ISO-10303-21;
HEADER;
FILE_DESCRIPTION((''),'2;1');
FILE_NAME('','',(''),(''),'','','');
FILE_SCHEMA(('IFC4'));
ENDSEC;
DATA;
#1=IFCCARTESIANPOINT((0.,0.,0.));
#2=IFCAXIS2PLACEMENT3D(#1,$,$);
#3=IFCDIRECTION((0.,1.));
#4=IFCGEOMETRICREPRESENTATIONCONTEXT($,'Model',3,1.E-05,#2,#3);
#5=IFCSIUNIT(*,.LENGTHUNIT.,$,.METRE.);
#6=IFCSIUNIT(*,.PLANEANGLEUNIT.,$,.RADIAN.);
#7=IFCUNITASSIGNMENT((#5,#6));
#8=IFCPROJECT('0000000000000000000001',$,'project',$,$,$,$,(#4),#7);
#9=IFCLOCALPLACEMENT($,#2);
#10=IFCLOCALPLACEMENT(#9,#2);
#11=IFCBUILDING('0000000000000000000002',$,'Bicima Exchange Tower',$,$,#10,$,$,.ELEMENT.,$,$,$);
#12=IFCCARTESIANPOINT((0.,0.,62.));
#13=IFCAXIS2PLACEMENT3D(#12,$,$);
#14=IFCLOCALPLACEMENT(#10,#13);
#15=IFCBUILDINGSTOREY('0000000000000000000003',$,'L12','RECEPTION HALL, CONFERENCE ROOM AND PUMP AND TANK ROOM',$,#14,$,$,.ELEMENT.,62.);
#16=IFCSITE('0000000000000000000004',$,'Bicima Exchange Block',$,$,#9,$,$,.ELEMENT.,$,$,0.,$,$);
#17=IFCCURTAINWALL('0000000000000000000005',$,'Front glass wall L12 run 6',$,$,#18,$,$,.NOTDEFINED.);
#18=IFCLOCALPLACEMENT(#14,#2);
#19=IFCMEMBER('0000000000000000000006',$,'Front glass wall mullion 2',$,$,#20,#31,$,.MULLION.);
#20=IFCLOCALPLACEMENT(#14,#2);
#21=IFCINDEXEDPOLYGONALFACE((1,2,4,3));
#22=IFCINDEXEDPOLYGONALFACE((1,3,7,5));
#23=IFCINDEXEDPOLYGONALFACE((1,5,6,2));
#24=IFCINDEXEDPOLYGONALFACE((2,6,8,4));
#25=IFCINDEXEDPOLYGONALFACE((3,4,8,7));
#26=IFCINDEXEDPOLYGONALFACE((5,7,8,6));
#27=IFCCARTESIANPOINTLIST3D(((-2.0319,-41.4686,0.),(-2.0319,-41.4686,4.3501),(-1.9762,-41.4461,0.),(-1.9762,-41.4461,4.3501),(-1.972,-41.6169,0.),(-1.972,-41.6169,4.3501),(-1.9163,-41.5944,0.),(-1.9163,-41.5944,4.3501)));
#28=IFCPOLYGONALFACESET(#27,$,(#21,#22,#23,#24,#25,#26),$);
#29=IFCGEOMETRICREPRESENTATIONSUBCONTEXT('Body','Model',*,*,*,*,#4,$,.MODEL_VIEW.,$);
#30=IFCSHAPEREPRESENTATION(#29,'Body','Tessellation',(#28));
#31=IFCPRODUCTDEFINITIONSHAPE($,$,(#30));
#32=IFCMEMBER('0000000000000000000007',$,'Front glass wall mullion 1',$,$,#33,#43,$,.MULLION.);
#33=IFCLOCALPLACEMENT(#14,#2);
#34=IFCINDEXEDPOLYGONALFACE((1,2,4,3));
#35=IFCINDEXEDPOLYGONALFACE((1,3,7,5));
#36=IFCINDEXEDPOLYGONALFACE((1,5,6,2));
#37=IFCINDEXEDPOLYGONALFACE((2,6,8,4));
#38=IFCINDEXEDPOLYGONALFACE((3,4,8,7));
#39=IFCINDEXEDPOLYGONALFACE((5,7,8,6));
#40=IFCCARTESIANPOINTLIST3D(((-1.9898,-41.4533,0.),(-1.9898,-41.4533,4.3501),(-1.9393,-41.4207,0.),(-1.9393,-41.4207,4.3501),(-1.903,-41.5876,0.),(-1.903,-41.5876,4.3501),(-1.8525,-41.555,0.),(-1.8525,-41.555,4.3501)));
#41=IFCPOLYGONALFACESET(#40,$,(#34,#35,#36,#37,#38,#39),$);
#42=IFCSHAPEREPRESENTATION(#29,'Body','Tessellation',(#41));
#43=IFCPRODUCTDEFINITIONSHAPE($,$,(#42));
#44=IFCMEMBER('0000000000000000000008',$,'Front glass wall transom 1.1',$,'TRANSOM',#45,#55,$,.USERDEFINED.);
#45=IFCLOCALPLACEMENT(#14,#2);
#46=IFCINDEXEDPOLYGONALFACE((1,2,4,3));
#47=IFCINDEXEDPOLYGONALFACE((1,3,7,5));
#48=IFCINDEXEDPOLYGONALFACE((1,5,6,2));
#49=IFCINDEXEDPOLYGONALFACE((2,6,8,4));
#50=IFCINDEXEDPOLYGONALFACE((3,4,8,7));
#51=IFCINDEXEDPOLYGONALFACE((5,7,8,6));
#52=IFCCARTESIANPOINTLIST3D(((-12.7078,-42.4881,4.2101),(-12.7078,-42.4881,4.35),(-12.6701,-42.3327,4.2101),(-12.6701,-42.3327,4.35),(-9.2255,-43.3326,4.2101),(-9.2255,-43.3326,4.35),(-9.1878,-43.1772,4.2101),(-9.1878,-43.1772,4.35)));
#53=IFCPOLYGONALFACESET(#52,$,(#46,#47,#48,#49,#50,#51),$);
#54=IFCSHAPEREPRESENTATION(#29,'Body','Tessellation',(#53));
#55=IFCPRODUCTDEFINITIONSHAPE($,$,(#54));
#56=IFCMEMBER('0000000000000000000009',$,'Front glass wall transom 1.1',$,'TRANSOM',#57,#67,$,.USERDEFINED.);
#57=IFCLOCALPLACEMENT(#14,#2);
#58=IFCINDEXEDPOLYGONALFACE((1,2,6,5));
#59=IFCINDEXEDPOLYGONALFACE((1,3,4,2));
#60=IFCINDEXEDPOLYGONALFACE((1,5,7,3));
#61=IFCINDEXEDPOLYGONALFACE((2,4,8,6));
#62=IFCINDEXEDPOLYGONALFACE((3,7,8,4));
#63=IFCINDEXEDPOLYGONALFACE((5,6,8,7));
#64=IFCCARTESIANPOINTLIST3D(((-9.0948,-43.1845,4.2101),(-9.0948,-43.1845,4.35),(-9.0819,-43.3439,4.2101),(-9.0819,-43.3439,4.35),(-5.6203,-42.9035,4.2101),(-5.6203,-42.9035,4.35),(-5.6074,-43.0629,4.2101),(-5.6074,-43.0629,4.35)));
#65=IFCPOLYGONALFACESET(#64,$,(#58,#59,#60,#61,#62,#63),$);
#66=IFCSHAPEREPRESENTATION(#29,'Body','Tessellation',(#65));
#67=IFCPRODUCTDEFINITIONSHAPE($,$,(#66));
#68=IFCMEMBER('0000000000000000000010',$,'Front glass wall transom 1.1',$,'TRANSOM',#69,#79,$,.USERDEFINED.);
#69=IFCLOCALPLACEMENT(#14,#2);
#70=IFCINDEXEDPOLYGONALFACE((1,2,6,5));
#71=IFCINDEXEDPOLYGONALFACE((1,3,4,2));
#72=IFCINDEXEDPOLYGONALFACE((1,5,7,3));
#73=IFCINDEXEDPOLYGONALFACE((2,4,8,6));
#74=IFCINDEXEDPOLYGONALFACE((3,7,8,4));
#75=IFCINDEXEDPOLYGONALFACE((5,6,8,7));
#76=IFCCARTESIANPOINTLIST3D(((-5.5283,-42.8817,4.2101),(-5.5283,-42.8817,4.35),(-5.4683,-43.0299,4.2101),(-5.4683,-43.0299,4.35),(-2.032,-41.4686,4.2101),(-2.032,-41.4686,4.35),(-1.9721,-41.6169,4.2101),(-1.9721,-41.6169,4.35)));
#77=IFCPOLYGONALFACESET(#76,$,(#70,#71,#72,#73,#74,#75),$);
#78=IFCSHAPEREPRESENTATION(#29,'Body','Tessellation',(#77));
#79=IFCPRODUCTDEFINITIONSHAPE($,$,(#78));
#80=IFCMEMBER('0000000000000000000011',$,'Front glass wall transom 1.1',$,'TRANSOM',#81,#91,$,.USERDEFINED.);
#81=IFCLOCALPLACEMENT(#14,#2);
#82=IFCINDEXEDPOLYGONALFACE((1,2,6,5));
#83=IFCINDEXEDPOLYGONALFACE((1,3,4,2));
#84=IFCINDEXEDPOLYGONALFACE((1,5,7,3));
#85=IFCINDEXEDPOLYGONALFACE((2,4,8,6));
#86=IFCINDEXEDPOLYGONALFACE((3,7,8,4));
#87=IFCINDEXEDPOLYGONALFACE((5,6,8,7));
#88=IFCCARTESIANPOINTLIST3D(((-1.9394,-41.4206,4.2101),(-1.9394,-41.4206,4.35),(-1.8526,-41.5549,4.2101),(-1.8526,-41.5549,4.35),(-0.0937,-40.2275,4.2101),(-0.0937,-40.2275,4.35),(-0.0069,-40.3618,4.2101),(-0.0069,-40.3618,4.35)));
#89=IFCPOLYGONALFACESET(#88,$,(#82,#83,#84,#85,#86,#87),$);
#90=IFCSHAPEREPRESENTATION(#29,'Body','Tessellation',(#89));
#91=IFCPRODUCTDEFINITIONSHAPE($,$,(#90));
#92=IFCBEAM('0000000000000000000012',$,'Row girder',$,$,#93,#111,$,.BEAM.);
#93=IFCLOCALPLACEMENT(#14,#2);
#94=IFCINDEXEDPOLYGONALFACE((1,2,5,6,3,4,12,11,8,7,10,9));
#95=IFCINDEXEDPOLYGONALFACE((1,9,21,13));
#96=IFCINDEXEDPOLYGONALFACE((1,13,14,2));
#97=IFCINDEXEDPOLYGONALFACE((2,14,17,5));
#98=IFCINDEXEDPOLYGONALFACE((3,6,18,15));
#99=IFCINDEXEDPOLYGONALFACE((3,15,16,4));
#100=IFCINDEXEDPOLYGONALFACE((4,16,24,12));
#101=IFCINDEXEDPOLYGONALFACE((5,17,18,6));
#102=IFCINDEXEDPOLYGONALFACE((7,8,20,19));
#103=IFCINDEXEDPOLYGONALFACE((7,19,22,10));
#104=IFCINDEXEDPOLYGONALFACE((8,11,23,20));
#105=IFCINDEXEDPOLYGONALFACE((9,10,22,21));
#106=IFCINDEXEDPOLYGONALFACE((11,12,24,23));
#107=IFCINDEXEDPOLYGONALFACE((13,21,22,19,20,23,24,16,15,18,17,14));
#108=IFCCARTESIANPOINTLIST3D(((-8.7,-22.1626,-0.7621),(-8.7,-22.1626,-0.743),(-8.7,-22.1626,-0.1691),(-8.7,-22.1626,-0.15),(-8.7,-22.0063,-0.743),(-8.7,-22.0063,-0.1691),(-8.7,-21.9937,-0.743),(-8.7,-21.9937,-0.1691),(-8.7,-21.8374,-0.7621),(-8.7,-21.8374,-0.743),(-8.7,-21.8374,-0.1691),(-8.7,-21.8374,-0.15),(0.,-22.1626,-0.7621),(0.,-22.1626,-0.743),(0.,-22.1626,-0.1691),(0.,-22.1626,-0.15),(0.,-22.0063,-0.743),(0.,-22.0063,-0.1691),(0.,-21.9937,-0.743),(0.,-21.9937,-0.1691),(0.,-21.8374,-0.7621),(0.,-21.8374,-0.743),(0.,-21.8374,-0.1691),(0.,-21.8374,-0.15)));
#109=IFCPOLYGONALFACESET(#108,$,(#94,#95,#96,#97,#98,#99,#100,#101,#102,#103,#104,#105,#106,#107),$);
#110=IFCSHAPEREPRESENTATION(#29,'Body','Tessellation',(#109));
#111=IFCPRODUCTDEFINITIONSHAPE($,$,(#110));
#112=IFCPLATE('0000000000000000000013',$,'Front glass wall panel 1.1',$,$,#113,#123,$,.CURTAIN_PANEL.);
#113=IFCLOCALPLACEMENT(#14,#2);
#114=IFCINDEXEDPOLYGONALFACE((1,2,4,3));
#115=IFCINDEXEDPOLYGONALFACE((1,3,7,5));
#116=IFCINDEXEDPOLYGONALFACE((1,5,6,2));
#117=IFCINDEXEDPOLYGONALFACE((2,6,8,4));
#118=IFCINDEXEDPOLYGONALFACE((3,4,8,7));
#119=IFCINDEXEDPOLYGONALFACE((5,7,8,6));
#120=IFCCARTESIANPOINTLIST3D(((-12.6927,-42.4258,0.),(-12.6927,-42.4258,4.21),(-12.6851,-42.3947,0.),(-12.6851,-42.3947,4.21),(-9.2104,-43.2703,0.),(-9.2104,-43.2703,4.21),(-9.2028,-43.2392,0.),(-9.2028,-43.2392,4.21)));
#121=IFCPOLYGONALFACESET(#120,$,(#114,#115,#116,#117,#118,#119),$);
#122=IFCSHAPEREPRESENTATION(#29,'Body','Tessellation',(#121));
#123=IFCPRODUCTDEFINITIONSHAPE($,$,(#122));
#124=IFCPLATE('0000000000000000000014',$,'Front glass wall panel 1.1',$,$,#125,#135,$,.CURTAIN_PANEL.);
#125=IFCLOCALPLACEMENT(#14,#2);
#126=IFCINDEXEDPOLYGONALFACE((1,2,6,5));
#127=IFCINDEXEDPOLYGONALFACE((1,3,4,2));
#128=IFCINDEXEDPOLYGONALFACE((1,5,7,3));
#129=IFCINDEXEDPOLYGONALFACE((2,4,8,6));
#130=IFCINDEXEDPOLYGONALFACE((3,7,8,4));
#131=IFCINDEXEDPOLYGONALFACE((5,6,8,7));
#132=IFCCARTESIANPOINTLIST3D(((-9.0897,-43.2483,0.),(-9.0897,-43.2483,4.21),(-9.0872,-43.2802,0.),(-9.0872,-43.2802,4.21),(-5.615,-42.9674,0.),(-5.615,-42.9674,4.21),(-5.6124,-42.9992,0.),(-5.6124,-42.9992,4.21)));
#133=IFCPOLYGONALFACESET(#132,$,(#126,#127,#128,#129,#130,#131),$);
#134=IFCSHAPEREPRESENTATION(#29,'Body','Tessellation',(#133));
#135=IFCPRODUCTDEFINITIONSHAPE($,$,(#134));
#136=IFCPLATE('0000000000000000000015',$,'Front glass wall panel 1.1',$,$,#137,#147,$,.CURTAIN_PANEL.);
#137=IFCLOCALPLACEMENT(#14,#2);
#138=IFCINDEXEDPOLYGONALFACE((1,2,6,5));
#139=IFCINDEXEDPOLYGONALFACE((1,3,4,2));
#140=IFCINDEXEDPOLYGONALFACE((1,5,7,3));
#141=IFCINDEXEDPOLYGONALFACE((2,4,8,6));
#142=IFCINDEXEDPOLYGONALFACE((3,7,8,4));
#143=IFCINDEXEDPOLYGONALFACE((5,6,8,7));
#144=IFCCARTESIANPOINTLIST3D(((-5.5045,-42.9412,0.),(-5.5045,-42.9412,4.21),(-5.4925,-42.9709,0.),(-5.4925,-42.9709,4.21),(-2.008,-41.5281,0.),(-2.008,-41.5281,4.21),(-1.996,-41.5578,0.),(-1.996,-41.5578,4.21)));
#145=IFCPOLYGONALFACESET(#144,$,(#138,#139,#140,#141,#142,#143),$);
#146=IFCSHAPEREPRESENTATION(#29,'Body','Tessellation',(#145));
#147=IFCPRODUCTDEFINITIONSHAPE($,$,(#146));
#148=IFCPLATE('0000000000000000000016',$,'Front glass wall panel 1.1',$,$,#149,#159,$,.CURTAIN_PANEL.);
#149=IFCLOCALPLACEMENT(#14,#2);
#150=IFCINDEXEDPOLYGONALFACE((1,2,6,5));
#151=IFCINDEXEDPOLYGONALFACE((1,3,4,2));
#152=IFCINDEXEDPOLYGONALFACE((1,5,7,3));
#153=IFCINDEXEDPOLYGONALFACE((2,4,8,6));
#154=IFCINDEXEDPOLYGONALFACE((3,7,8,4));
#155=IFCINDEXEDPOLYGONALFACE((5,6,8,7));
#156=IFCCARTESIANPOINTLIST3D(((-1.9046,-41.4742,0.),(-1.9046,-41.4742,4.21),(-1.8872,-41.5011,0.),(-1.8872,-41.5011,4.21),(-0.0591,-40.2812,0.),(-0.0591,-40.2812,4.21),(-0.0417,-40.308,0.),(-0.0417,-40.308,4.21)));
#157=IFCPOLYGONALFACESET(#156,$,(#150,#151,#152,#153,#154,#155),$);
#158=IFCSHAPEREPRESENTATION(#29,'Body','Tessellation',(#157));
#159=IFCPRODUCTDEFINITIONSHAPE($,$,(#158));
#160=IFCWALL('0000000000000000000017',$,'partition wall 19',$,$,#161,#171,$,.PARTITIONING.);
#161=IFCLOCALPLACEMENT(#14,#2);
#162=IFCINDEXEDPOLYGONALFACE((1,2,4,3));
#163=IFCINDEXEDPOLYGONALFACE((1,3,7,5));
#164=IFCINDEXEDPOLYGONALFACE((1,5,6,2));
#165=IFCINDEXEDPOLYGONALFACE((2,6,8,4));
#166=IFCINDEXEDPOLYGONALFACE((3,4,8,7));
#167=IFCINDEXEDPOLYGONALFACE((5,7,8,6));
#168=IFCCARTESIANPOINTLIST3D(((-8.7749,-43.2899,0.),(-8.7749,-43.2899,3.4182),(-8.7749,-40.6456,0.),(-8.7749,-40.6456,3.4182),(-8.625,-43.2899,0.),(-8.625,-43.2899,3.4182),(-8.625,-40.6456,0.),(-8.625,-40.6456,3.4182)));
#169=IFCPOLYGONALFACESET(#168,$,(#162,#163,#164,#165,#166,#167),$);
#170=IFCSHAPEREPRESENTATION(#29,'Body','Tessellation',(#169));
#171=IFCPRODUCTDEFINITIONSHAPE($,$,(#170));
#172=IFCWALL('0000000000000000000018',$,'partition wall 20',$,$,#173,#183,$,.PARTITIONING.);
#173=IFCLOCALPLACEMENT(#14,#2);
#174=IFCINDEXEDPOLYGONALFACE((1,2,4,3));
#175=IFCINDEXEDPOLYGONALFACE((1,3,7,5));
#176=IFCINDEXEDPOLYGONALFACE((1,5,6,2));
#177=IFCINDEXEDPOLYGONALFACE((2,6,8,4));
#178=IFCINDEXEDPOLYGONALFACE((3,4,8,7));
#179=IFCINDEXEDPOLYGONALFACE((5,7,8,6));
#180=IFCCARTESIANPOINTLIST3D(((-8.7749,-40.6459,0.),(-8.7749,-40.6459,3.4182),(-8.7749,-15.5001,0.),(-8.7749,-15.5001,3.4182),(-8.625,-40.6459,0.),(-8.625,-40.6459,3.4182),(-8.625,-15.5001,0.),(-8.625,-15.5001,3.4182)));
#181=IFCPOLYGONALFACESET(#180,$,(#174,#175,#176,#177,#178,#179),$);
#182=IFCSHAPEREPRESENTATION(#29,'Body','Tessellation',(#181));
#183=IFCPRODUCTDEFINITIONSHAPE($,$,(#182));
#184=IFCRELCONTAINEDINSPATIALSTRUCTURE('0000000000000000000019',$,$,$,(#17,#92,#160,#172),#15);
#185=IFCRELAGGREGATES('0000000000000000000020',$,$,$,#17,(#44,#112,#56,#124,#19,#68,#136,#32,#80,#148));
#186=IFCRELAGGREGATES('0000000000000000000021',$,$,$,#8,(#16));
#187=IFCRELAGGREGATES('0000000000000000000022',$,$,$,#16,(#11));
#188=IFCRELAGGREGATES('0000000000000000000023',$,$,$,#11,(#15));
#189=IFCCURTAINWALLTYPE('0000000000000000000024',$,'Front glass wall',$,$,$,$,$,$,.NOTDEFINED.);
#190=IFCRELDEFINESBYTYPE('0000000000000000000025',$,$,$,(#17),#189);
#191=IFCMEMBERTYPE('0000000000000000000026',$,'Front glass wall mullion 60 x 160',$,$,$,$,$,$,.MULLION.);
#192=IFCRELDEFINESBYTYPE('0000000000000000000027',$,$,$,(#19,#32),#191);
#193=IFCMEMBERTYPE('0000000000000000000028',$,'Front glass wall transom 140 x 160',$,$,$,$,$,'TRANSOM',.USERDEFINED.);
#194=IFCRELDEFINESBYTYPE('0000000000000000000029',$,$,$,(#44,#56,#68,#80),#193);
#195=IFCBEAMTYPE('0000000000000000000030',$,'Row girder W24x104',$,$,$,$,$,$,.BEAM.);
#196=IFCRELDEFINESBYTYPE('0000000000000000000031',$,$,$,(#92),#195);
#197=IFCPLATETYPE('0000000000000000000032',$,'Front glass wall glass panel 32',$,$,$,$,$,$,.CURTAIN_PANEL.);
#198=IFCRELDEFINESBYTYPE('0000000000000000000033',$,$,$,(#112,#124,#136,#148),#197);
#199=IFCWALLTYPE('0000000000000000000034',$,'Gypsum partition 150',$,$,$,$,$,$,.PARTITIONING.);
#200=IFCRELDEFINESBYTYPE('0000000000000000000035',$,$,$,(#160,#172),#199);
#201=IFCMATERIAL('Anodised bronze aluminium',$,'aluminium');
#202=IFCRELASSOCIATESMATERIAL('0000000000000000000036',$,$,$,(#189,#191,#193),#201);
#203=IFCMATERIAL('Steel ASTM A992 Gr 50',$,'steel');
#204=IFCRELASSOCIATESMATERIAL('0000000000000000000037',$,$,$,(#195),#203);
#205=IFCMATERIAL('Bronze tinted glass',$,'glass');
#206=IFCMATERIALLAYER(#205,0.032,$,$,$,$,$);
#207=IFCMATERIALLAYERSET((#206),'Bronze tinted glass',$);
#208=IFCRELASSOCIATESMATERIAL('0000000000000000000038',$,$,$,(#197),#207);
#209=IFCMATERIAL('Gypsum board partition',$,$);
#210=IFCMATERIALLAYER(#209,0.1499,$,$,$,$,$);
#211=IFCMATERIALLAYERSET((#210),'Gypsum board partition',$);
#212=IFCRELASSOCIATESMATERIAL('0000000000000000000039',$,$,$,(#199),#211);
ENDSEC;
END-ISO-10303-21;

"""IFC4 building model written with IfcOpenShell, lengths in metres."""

from ifc_helpers import new_model, si_unit, direction, frame, frame_2d, origin, origin_2d, place, context, subcontext, project, spatial, rectangle, i_section, extrude, material, layer, layer_set, material_profile, profile_set, type_object, element, aggregate, save


model = new_model("IFC4")

# Units and contexts
model_context = context("Model", 3, precision=1e-05, world=origin(), true_north=direction((0.0, 1.0)))
body_context = subcontext(model_context, "Body", "Model", "MODEL_VIEW")
ifc_project = project(units=[si_unit("LENGTHUNIT", "METRE"), si_unit("PLANEANGLEUNIT", "RADIAN")], contexts=[model_context])

# Site, building, storey
site_placement = place(None, origin())
site = spatial("IfcSite", under=ifc_project, at=site_placement, Name="Bicima Exchange Block", CompositionType="ELEMENT", RefElevation=0.0)
building_placement = place(site_placement, origin())
building = spatial("IfcBuilding", under=site, at=building_placement, Name="Bicima Exchange Tower", CompositionType="ELEMENT")
storey_placement = place(building_placement, frame((0.0, 0.0, 62.0)))
storey = spatial("IfcBuildingStorey", under=building, at=storey_placement, Name="L12", Description="RECEPTION HALL, CONFERENCE ROOM AND PUMP AND TANK ROOM", CompositionType="ELEMENT", Elevation=62.0)

# Shared definitions
ifc_material_1 = material(Name="Steel ASTM A992 Gr 50", Category="steel")

# Curtain wall, members
ifc_material_2 = material(Name="Anodised bronze aluminium", Category="aluminium")
curtain_wall_type = type_object("IfcCurtainWallType", Name="Front glass wall", PredefinedType="NOTDEFINED", material=ifc_material_2)
curtain_wall_placement = place(storey_placement, origin())
curtain_wall = element("IfcCurtainWall", 1, at=curtain_wall_placement, inside=storey, type_object=curtain_wall_type, Name="Front glass wall L12 run 6", PredefinedType="NOTDEFINED")
ifc_material_profile_1 = material_profile(ifc_material_2, rectangle(XDim=0.1599, YDim=0.0601, at=origin_2d()))
ifc_profile_set_1 = profile_set([ifc_material_profile_1], Name="Anodised bronze aluminium")
member_type_1 = type_object("IfcMemberType", Name="Front glass wall mullion 60 x 160", PredefinedType="MULLION", material=ifc_profile_set_1)
member_1_placement = place(storey_placement, frame((-1.9741, -41.5315, 0.0), z_axis=(0.0, 0.0, 1.0), x_axis=(-0.374705, 0.927144, 0.0)))
member_1 = element("IfcMember", 2, at=member_1_placement, type_object=member_type_1, Name="Front glass wall mullion 2", PredefinedType="MULLION", context=body_context, shape_type="SweptSolid", body=[
    extrude(rectangle(XDim=0.1599, YDim=0.0601, at=origin_2d()), origin(), (0.0, 0.0, 1.0), 4.3501),
])
member_2_placement = place(storey_placement, frame((-1.9211, -41.5042, 0.0), z_axis=(0.0, 0.0, 1.0), x_axis=(-0.542897, 0.839799, 0.0)))
member_2 = element("IfcMember", 3, at=member_2_placement, type_object=member_type_1, Name="Front glass wall mullion 1", PredefinedType="MULLION", context=body_context, shape_type="SweptSolid", body=[
    extrude(rectangle(XDim=0.1599, YDim=0.0601, at=origin_2d()), origin(), (0.0, 0.0, 1.0), 4.3501),
])
ifc_material_profile_2 = material_profile(ifc_material_2, rectangle(XDim=0.1599, YDim=0.1399, at=origin_2d()))
ifc_profile_set_2 = profile_set([ifc_material_profile_2], Name="Anodised bronze aluminium")
member_type_2 = type_object("IfcMemberType", Name="Front glass wall transom 140 x 160", ElementType="TRANSOM", PredefinedType="USERDEFINED", material=ifc_profile_set_2)
member_3_placement = place(storey_placement, frame((-12.689, -42.4104, 4.28), z_axis=(0.971834, -0.235668, 0.0), x_axis=(0.235668, 0.971834, 0.0)))
member_3 = element("IfcMember", 4, at=member_3_placement, type_object=member_type_2, Name="Front glass wall transom 1.1", ObjectType="TRANSOM", PredefinedType="USERDEFINED", context=body_context, shape_type="SweptSolid", body=[
    extrude(rectangle(XDim=0.1599, YDim=0.1399, at=origin_2d()), origin(), (0.0, 0.0, 1.0), 3.5833),
])
member_4_placement = place(storey_placement, frame((-9.0884, -43.2642, 4.28), z_axis=(0.996746, 0.080611, 0.0), x_axis=(-0.080611, 0.996746, 0.0)))
member_4 = element("IfcMember", 5, at=member_4_placement, type_object=member_type_2, Name="Front glass wall transom 1.1", ObjectType="TRANSOM", PredefinedType="USERDEFINED", context=body_context, shape_type="SweptSolid", body=[
    extrude(rectangle(XDim=0.1599, YDim=0.1399, at=origin_2d()), origin(), (0.0, 0.0, 1.0), 3.4858),
])
member_5_placement = place(storey_placement, frame((-5.4983, -42.9558, 4.28), z_axis=(0.92714, 0.374715, 0.0), x_axis=(-0.374715, 0.92714, 0.0)))
member_5 = element("IfcMember", 6, at=member_5_placement, type_object=member_type_2, Name="Front glass wall transom 1.1", ObjectType="TRANSOM", PredefinedType="USERDEFINED", context=body_context, shape_type="SweptSolid", body=[
    extrude(rectangle(XDim=0.1599, YDim=0.1399, at=origin_2d()), origin(), (0.0, 0.0, 1.0), 3.771),
])
member_6_placement = place(storey_placement, frame((-1.896, -41.4878, 4.28), z_axis=(0.839811, 0.542878, 0.0), x_axis=(-0.542878, 0.839811, 0.0)))
member_6 = element("IfcMember", 7, at=member_6_placement, type_object=member_type_2, Name="Front glass wall transom 1.1", ObjectType="TRANSOM", PredefinedType="USERDEFINED", context=body_context, shape_type="SweptSolid", body=[
    extrude(rectangle(XDim=0.1599, YDim=0.1399, at=origin_2d()), origin(), (0.0, 0.0, 1.0), 2.1978),
])

# Beam
ifc_material_profile_3 = material_profile(ifc_material_1, i_section(OverallWidth=0.3252, OverallDepth=0.6121, WebThickness=0.0127, FlangeThickness=0.019, at=origin_2d()))
ifc_profile_set_3 = profile_set([ifc_material_profile_3], Name="Steel ASTM A992 Gr 50")
beam_type_1 = type_object("IfcBeamType", Name="Row girder W24x104", PredefinedType="BEAM", material=ifc_profile_set_3)
beam_1_placement = place(storey_placement, frame((-8.7, -22.0, -0.4561), z_axis=(1.0, 0.0, 0.0), x_axis=(0.0, 1.0, 0.0)))
element("IfcBeam", 8, at=beam_1_placement, inside=storey, type_object=beam_type_1, Name="Row girder", PredefinedType="BEAM", context=body_context, shape_type="SweptSolid", body=[
    extrude(i_section(OverallWidth=0.3252, OverallDepth=0.6121, WebThickness=0.0127, FlangeThickness=0.019, at=origin_2d()), origin(), (0.0, 0.0, 1.0), 8.7),
])

# Plates
ifc_material_3 = material(Name="Bronze tinted glass", Category="glass")
ifc_layer_1 = layer(ifc_material_3, 0.032)
ifc_layer_set_1 = layer_set([ifc_layer_1], Name="Bronze tinted glass")
plate_type = type_object("IfcPlateType", Name="Front glass wall glass panel 32", PredefinedType="CURTAIN_PANEL", material=ifc_layer_set_1)
plate_1_placement = place(storey_placement, frame((-10.9478, -42.8325, 0.0), z_axis=(0.0, 0.0, 1.0), x_axis=(0.97183, -0.235682, 0.0)))
plate_1 = element("IfcPlate", 9, at=plate_1_placement, type_object=plate_type, Name="Front glass wall panel 1.1", PredefinedType="CURTAIN_PANEL", context=body_context, shape_type="SweptSolid", body=[
    extrude(rectangle(XDim=3.5833, YDim=0.032, at=origin_2d()), origin(), (0.0, 0.0, 1.0), 4.21),
])
plate_2_placement = place(storey_placement, frame((-7.3511, -43.1238, 0.0), z_axis=(0.0, 0.0, 1.0), x_axis=(0.996747, 0.080589, 0.0)))
plate_2 = element("IfcPlate", 10, at=plate_2_placement, type_object=plate_type, Name="Front glass wall panel 1.1", PredefinedType="CURTAIN_PANEL", context=body_context, shape_type="SweptSolid", body=[
    extrude(rectangle(XDim=3.4861, YDim=0.032, at=origin_2d()), origin(), (0.0, 0.0, 1.0), 4.21),
])
plate_3_placement = place(storey_placement, frame((-3.7502, -42.2495, 0.0), z_axis=(0.0, 0.0, 1.0), x_axis=(0.927144, 0.374705, 0.0)))
plate_3 = element("IfcPlate", 11, at=plate_3_placement, type_object=plate_type, Name="Front glass wall panel 1.1", PredefinedType="CURTAIN_PANEL", context=body_context, shape_type="SweptSolid", body=[
    extrude(rectangle(XDim=3.7712, YDim=0.032, at=origin_2d()), origin(), (0.0, 0.0, 1.0), 4.21),
])
plate_4_placement = place(storey_placement, frame((-0.9731, -40.8911, 0.0), z_axis=(0.0, 0.0, 1.0), x_axis=(0.839799, 0.542897, 0.0)))
plate_4 = element("IfcPlate", 12, at=plate_4_placement, type_object=plate_type, Name="Front glass wall panel 1.1", PredefinedType="CURTAIN_PANEL", context=body_context, shape_type="SweptSolid", body=[
    extrude(rectangle(XDim=2.1975, YDim=0.032, at=origin_2d()), origin(), (0.0, 0.0, 1.0), 4.21),
])
aggregate(curtain_wall, [member_3, plate_1, member_4, plate_2, member_1, member_5, plate_3, member_2, member_6, plate_4])

# Walls
ifc_material_4 = material(Name="Gypsum board partition")
ifc_layer_2 = layer(ifc_material_4, 0.1499)
ifc_layer_set_2 = layer_set([ifc_layer_2], Name="Gypsum board partition")
wall_type = type_object("IfcWallType", Name="Gypsum partition 150", PredefinedType="PARTITIONING", material=ifc_layer_set_2)
wall_1_placement = place(storey_placement, frame((-8.7, -43.29, 0.0), z_axis=(0.0, 0.0, 1.0), x_axis=(0.0, 1.0, 0.0)))
element("IfcWall", 13, at=wall_1_placement, inside=storey, type_object=wall_type, Name="partition wall 19", PredefinedType="PARTITIONING", context=body_context, shape_type="SweptSolid", body=[
    extrude(rectangle(XDim=2.6443, YDim=0.1499, at=frame_2d((1.3223, 0.0))), origin(), (0.0, 0.0, 1.0), 3.4182),
])
wall_2_placement = place(storey_placement, frame((-8.7, -40.6458, 0.0), z_axis=(0.0, 0.0, 1.0), x_axis=(0.0, 1.0, 0.0)))
element("IfcWall", 14, at=wall_2_placement, inside=storey, type_object=wall_type, Name="partition wall 20", PredefinedType="PARTITIONING", context=body_context, shape_type="SweptSolid", body=[
    extrude(rectangle(XDim=25.1458, YDim=0.1499, at=frame_2d((12.5728, 0.0))), origin(), (0.0, 0.0, 1.0), 3.4182),
])

save(model, "model.ifc")
